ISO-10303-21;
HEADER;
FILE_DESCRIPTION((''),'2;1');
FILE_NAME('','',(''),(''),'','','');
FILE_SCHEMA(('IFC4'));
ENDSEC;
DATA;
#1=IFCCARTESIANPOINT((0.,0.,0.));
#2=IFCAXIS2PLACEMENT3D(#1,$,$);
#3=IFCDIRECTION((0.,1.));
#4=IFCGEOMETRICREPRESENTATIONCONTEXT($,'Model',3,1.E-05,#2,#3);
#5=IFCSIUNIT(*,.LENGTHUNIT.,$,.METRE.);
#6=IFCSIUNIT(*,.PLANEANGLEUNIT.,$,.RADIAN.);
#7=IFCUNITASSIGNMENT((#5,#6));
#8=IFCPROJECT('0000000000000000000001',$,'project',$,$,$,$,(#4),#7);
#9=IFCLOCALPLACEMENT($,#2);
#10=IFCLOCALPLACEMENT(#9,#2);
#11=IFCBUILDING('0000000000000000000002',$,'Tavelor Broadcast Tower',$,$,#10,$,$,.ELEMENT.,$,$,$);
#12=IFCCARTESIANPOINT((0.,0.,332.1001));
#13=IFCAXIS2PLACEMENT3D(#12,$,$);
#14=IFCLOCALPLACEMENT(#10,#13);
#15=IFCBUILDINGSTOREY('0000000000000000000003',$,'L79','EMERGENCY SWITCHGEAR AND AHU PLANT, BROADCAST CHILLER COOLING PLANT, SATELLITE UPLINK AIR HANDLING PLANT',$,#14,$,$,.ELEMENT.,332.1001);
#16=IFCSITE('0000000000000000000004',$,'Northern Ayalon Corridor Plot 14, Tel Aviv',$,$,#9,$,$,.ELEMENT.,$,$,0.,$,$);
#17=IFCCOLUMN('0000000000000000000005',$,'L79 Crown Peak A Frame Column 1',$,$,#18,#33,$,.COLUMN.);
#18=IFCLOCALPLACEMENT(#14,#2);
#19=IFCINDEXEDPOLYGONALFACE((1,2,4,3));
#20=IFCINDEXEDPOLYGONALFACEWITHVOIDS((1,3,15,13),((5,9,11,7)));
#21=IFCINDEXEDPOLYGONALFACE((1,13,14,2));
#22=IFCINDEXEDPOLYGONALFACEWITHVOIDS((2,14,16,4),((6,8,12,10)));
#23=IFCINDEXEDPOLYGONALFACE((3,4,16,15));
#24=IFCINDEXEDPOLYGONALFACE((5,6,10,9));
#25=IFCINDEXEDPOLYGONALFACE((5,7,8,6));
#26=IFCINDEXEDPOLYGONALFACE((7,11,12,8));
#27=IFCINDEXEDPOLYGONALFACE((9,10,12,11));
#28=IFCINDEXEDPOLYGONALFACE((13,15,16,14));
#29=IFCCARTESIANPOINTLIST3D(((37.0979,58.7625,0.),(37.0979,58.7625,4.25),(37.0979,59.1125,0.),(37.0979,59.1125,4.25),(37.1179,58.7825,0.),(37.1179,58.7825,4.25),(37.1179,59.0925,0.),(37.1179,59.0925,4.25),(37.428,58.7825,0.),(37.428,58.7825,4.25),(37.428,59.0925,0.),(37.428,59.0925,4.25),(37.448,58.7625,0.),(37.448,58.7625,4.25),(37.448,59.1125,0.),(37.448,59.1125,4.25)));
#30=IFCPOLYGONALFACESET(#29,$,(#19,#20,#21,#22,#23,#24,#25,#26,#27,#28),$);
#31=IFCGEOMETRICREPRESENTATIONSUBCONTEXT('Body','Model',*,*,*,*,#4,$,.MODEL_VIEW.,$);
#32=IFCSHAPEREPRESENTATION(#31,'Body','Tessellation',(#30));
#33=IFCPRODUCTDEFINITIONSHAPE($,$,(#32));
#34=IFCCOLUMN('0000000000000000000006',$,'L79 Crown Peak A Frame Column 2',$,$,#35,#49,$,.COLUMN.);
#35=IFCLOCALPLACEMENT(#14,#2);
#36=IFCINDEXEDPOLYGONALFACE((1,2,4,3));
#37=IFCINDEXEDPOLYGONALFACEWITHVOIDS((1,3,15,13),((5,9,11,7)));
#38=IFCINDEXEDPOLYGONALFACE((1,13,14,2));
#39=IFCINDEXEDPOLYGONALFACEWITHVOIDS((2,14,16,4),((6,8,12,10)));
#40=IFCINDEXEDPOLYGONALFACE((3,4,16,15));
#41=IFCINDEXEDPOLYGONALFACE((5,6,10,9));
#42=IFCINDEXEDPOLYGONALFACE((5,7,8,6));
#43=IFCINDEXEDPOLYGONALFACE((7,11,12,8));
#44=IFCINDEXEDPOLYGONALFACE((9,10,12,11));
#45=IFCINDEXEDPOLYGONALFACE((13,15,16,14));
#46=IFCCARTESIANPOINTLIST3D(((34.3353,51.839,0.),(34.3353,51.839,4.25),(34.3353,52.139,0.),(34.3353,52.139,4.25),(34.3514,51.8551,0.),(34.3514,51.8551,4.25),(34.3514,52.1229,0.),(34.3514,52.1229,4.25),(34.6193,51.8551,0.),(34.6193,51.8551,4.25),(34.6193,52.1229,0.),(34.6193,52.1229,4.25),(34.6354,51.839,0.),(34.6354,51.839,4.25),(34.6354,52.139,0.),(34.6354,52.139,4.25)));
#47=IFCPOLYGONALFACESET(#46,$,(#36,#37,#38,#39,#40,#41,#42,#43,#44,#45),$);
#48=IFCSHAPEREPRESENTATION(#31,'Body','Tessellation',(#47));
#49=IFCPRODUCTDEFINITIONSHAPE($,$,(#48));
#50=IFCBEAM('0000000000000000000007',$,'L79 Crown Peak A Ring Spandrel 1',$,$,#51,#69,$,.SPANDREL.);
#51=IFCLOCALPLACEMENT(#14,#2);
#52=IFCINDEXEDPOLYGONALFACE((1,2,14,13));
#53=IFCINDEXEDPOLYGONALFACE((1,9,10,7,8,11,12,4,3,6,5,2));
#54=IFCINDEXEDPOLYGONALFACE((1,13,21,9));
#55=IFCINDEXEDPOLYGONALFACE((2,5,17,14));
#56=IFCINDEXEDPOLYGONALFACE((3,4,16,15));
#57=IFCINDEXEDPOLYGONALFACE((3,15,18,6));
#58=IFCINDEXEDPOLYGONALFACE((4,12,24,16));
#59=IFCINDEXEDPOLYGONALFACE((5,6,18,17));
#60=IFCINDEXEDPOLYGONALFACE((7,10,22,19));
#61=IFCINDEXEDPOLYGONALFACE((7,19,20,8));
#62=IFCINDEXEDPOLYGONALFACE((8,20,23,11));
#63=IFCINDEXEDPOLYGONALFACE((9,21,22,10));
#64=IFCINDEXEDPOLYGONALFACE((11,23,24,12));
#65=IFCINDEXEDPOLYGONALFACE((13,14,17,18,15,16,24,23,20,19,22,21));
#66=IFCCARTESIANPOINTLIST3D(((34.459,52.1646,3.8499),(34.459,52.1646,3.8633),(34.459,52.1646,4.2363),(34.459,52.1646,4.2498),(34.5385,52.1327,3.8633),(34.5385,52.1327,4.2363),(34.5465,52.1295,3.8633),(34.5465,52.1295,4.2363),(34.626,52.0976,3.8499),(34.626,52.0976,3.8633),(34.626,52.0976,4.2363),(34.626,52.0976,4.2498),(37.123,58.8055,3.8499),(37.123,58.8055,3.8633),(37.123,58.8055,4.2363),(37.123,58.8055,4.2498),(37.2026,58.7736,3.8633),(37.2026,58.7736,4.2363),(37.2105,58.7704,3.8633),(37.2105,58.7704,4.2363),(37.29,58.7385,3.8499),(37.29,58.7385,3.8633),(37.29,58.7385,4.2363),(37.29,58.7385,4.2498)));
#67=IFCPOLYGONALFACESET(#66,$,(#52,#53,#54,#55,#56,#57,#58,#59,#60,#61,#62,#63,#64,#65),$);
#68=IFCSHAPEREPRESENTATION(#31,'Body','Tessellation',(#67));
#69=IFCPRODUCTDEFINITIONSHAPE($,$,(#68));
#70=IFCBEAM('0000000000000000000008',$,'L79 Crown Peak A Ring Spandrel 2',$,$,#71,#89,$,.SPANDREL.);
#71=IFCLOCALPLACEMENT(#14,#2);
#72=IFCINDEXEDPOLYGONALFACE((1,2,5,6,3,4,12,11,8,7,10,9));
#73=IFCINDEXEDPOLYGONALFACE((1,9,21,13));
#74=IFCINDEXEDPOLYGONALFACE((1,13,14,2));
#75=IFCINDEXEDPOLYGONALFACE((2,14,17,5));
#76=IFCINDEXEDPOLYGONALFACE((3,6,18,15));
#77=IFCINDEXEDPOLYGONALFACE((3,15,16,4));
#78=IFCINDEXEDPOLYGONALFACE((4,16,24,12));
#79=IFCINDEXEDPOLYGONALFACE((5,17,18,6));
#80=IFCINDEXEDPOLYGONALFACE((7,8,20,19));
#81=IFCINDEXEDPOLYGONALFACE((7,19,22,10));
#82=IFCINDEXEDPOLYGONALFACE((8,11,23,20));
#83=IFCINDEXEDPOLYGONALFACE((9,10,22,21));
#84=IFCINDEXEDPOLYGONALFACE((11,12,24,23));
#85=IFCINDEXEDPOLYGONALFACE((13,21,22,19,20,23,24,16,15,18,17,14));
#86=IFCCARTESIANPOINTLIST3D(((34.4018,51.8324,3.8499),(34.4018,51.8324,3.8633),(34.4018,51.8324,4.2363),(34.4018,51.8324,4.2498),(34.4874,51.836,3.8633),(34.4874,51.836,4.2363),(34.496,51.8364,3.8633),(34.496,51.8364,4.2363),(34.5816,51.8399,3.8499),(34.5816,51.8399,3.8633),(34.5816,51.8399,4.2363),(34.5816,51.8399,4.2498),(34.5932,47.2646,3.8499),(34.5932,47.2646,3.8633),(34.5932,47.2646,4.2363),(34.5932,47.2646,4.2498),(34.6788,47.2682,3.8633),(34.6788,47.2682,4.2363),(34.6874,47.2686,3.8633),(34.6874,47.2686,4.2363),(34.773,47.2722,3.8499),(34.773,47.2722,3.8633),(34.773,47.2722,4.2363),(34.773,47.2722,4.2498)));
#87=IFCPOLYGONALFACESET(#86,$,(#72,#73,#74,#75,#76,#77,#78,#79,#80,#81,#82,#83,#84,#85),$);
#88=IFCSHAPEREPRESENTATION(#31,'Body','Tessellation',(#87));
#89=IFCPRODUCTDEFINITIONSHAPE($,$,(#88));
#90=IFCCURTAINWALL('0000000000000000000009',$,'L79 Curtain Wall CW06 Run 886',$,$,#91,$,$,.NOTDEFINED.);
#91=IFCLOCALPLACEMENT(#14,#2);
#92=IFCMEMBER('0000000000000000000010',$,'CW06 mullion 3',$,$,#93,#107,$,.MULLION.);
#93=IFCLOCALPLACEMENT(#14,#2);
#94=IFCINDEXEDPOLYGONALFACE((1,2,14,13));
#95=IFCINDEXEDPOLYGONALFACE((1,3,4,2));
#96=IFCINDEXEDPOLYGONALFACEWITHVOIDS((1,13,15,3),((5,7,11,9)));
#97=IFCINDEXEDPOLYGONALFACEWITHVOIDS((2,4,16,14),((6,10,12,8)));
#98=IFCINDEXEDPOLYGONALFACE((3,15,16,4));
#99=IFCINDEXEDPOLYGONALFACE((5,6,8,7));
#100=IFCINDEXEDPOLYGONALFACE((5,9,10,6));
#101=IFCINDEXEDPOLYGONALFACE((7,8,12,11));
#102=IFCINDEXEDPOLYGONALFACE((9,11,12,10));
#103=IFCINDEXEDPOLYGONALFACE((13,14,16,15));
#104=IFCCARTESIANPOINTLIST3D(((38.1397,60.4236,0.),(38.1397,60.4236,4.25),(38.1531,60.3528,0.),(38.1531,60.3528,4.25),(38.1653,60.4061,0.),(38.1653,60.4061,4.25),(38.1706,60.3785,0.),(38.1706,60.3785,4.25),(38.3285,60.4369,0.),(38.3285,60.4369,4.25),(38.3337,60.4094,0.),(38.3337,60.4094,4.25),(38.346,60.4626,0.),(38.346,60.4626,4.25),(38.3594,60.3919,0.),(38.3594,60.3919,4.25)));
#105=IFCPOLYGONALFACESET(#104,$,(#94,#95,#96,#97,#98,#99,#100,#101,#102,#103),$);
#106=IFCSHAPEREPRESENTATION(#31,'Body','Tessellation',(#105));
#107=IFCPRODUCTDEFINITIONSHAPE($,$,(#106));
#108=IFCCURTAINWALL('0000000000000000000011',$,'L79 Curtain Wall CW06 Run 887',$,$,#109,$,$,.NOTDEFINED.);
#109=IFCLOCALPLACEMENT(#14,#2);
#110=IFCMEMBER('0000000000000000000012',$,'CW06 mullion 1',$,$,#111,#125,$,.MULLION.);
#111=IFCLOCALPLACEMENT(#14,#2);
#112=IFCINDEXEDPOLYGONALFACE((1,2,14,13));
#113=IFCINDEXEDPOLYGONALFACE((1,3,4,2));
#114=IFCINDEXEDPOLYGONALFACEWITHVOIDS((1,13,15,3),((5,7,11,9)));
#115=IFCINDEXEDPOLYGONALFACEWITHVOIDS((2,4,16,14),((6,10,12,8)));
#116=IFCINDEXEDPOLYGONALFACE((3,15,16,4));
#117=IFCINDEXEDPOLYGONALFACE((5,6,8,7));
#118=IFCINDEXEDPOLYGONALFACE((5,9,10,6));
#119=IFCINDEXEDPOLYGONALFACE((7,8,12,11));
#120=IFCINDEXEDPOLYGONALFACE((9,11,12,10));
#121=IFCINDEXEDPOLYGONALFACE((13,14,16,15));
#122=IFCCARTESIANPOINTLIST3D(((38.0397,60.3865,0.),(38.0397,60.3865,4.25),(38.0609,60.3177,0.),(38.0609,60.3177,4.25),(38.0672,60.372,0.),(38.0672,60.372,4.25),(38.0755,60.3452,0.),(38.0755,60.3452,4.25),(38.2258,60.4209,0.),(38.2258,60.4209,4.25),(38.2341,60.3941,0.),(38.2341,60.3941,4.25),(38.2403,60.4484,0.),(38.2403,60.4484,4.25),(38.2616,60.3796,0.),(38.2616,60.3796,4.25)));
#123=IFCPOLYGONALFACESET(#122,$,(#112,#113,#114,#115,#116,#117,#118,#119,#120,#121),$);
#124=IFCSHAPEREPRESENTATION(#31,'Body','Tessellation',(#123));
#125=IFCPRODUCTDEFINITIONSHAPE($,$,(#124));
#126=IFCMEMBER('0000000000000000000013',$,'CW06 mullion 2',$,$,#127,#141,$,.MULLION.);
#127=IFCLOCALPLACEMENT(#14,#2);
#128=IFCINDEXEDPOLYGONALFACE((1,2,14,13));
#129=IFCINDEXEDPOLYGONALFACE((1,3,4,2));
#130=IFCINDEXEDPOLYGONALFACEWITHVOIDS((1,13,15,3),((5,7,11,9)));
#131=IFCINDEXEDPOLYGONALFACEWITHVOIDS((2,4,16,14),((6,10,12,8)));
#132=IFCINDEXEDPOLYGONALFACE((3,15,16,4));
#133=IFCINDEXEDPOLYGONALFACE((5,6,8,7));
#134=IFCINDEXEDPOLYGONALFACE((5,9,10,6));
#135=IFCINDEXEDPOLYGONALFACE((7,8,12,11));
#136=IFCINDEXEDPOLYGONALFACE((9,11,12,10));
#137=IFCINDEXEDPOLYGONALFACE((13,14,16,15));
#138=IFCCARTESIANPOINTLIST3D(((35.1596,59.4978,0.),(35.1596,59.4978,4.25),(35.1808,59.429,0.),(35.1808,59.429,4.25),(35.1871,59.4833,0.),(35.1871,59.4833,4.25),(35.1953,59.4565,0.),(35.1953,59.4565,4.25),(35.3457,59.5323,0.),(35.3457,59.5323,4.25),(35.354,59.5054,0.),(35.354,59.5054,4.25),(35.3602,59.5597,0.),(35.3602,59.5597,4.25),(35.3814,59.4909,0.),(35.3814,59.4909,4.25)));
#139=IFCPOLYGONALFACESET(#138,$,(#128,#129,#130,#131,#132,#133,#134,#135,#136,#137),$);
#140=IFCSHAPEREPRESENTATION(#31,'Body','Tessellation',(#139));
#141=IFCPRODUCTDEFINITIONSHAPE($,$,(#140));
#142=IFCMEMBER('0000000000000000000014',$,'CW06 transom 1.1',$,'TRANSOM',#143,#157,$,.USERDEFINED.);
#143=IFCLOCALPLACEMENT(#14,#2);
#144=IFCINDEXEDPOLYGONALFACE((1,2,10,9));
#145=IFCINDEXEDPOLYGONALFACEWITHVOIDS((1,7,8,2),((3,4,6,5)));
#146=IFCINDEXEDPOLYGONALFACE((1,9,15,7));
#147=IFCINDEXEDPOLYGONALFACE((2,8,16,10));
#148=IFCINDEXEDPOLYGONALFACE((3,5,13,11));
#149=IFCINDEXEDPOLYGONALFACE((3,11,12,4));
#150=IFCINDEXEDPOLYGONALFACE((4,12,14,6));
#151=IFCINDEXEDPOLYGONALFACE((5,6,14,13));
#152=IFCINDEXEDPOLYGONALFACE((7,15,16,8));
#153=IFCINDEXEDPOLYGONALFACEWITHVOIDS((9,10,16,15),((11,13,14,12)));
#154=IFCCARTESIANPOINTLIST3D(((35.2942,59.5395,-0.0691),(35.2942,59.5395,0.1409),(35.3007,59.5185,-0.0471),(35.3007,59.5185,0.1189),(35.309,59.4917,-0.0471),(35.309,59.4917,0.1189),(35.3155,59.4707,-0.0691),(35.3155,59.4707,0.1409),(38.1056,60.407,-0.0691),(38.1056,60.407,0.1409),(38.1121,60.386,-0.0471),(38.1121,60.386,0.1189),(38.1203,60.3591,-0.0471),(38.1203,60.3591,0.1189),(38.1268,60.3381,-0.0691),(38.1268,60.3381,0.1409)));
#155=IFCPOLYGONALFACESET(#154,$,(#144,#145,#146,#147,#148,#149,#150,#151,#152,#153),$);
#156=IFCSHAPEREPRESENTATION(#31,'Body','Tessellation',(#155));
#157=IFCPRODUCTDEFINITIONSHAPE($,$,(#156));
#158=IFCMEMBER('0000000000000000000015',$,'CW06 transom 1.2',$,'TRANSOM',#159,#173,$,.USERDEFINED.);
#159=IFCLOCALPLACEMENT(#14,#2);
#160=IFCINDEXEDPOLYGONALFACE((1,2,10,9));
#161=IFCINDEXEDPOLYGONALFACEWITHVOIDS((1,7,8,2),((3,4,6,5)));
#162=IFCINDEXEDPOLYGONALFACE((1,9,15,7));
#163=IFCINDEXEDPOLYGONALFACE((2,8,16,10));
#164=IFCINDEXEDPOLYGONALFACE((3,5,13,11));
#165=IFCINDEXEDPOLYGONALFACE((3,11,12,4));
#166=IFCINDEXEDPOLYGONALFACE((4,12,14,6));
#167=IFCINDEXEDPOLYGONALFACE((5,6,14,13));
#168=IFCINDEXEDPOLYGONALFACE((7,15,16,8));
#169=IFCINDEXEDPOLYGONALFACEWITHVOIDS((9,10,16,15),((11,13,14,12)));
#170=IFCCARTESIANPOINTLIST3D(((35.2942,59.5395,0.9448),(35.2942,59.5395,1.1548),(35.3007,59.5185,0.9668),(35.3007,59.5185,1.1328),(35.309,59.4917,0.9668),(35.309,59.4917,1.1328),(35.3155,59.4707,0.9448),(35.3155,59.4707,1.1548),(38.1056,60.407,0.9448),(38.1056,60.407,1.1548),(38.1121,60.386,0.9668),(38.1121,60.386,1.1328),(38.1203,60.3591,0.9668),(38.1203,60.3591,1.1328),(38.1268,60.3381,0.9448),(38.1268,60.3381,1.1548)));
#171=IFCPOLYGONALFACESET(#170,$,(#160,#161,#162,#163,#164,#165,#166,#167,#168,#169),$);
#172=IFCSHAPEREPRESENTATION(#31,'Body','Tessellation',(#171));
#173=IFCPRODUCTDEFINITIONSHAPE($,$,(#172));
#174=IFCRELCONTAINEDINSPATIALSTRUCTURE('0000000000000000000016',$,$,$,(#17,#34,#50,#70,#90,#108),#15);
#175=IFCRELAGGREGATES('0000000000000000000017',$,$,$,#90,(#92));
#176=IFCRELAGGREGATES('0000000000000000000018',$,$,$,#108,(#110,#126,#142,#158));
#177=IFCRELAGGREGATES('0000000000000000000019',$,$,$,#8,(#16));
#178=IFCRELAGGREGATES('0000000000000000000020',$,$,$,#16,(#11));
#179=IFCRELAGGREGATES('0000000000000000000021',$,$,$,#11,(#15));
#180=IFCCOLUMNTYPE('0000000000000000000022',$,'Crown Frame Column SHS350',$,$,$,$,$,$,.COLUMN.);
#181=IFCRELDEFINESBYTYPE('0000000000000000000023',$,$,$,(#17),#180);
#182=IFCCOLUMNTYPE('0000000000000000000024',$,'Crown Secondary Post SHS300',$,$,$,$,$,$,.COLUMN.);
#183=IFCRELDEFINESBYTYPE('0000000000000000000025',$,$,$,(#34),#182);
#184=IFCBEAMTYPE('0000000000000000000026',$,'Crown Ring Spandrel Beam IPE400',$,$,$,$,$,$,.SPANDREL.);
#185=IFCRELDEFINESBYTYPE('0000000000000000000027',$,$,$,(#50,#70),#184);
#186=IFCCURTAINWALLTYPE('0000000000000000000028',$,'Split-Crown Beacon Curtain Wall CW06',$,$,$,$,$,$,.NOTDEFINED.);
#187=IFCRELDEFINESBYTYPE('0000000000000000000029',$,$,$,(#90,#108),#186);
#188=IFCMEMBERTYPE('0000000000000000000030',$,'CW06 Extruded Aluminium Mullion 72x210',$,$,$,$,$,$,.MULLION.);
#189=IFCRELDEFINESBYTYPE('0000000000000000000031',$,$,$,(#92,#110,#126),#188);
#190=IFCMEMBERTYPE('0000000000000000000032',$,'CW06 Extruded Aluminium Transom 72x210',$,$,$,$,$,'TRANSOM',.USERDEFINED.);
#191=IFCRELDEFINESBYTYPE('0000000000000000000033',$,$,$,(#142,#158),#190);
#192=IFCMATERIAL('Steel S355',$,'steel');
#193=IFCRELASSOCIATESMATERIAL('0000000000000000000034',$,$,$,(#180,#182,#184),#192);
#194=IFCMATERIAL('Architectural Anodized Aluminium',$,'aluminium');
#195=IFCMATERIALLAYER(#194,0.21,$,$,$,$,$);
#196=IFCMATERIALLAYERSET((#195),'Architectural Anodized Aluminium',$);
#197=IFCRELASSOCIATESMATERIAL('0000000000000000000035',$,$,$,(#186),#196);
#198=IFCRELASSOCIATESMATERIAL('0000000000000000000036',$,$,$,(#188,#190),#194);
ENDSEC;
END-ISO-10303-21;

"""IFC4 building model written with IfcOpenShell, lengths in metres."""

from ifc_helpers import new_model, si_unit, direction, frame, origin, origin_2d, place, context, subcontext, project, spatial, hollow_rectangle, i_section, extrude, source, transform, mapped, material, layer, layer_set, material_profile, profile_set, type_object, type_shapes, element, aggregate, save


model = new_model("IFC4")

# Units and contexts
model_context = context("Model", 3, precision=1e-05, world=origin(), true_north=direction((0.0, 1.0)))
body_context = subcontext(model_context, "Body", "Model", "MODEL_VIEW")
ifc_project = project(units=[si_unit("LENGTHUNIT", "METRE"), si_unit("PLANEANGLEUNIT", "RADIAN")], contexts=[model_context])

# Site, building, storey
site_placement = place(None, origin())
site = spatial("IfcSite", under=ifc_project, at=site_placement, Name="Northern Ayalon Corridor Plot 14, Tel Aviv", CompositionType="ELEMENT", RefElevation=0.0)
building_placement = place(site_placement, origin())
building = spatial("IfcBuilding", under=site, at=building_placement, Name="Tavelor Broadcast Tower", CompositionType="ELEMENT")
storey_placement = place(building_placement, frame((0.0, 0.0, 332.1001)))
storey = spatial("IfcBuildingStorey", under=building, at=storey_placement, Name="L79", Description="EMERGENCY SWITCHGEAR AND AHU PLANT, BROADCAST CHILLER COOLING PLANT, SATELLITE UPLINK AIR HANDLING PLANT", CompositionType="ELEMENT", Elevation=332.1001)

# Columns
ifc_material_1 = material(Name="Steel S355", Category="steel")
ifc_material_profile_1 = material_profile(ifc_material_1, hollow_rectangle(XDim=0.3501, YDim=0.3501, WallThickness=0.02, at=origin_2d()), Name="SHS 350x350x20")
ifc_profile_set_1 = profile_set([ifc_material_profile_1], Name="Steel S355")
column_type_1 = type_object("IfcColumnType", Name="Crown Frame Column SHS350", PredefinedType="COLUMN", material=ifc_profile_set_1)
column_1_placement = place(storey_placement, frame((37.2729, 58.9375, 0.0), z_axis=(0.0, 0.0, 1.0), x_axis=(1.0, 0.0, 0.0)))
element("IfcColumn", 1, at=column_1_placement, inside=storey, type_object=column_type_1, Name="L79 Crown Peak A Frame Column 1", PredefinedType="COLUMN", context=body_context, shape_type="SweptSolid", body=[
    extrude(hollow_rectangle(XDim=0.3501, YDim=0.3501, WallThickness=0.02, at=origin_2d()), origin(), (0.0, 0.0, 1.0), 4.25),
])
ifc_material_profile_2 = material_profile(ifc_material_1, hollow_rectangle(XDim=0.3, YDim=0.3, WallThickness=0.0161, at=origin_2d()), Name="SHS 300x300x16")
ifc_profile_set_2 = profile_set([ifc_material_profile_2], Name="Steel S355")
column_type_2 = type_object("IfcColumnType", Name="Crown Secondary Post SHS300", PredefinedType="COLUMN", material=ifc_profile_set_2)
column_2_placement = place(storey_placement, frame((34.4854, 51.989, 0.0), z_axis=(0.0, 0.0, 1.0), x_axis=(1.0, 0.0, 0.0)))
element("IfcColumn", 2, at=column_2_placement, inside=storey, type_object=column_type_2, Name="L79 Crown Peak A Frame Column 2", PredefinedType="COLUMN", context=body_context, shape_type="SweptSolid", body=[
    extrude(hollow_rectangle(XDim=0.3, YDim=0.3, WallThickness=0.0161, at=origin_2d()), origin(), (0.0, 0.0, 1.0), 4.25),
])

# Beams
ifc_material_profile_3 = material_profile(ifc_material_1, i_section(OverallWidth=0.1799, OverallDepth=0.3999, WebThickness=0.0085, FlangeThickness=0.0134, at=origin_2d()), Name="IPE 400")
ifc_profile_set_3 = profile_set([ifc_material_profile_3], Name="Steel S355")
beam_type = type_object("IfcBeamType", Name="Crown Ring Spandrel Beam IPE400", PredefinedType="SPANDREL", material=ifc_profile_set_3)
beam_1_placement = place(storey_placement, frame((37.2065, 58.772, 4.0498), z_axis=(-0.37232, -0.928104, 0.0), x_axis=(0.928104, -0.37232, 0.0)))
element("IfcBeam", 3, at=beam_1_placement, inside=storey, type_object=beam_type, Name="L79 Crown Peak A Ring Spandrel 1", PredefinedType="SPANDREL", context=body_context, shape_type="SweptSolid", body=[
    extrude(i_section(OverallWidth=0.1799, OverallDepth=0.3999, WebThickness=0.0085, FlangeThickness=0.0134, at=origin_2d()), origin(), (0.0, 0.0, 1.0), 7.1553),
])
beam_2_placement = place(storey_placement, frame((34.4917, 51.8362, 4.0498), z_axis=(0.041866, -0.999123, 0.0), x_axis=(0.999123, 0.041866, 0.0)))
element("IfcBeam", 4, at=beam_2_placement, inside=storey, type_object=beam_type, Name="L79 Crown Peak A Ring Spandrel 2", PredefinedType="SPANDREL", context=body_context, shape_type="SweptSolid", body=[
    extrude(i_section(OverallWidth=0.1799, OverallDepth=0.3999, WebThickness=0.0085, FlangeThickness=0.0134, at=origin_2d()), origin(), (0.0, 0.0, 1.0), 4.5718),
])

# Curtain wall, member
ifc_material_2 = material(Name="Architectural Anodized Aluminium", Category="aluminium")
ifc_layer_1 = layer(ifc_material_2, 0.21)
ifc_layer_set_1 = layer_set([ifc_layer_1], Name="Architectural Anodized Aluminium")
curtain_wall_type = type_object("IfcCurtainWallType", Name="Split-Crown Beacon Curtain Wall CW06", PredefinedType="NOTDEFINED", material=ifc_layer_set_1)
curtain_wall_1_placement = place(storey_placement, origin())
curtain_wall_1 = element("IfcCurtainWall", 5, at=curtain_wall_1_placement, inside=storey, type_object=curtain_wall_type, Name="L79 Curtain Wall CW06 Run 886", PredefinedType="NOTDEFINED")
ifc_material_profile_4 = material_profile(ifc_material_2, hollow_rectangle(XDim=0.072, YDim=0.21, WallThickness=0.022, at=origin_2d()), Name="RHS 72x210x22")
ifc_profile_set_4 = profile_set([ifc_material_profile_4], Name="Architectural Anodized Aluminium")
member_type_1 = type_object("IfcMemberType", Name="CW06 Extruded Aluminium Mullion 72x210", PredefinedType="MULLION", material=ifc_profile_set_4)
shared_shape_1 = source(origin(), body_context, "Body", "SweptSolid", [
    extrude(hollow_rectangle(XDim=0.072, YDim=0.21, WallThickness=0.022, at=origin_2d()), origin(), (0.0, 0.0, 1.0), 4.25),
])
type_shapes(member_type_1, [shared_shape_1])
member_1_placement = place(storey_placement, frame((38.2495, 60.4077, 0.0), z_axis=(0.0, 0.0, 1.0), x_axis=(0.185942, -0.982561, 0.0)))
member_1 = element("IfcMember", 6, at=member_1_placement, type_object=member_type_1, Name="CW06 mullion 3", PredefinedType="MULLION", context=body_context, shape_type="MappedRepresentation", body=[
    mapped(shared_shape_1, transform((0.0, 0.0, 0.0), scale=1.0)),
])

# Curtain wall, members
curtain_wall_2_placement = place(storey_placement, origin())
curtain_wall_2 = element("IfcCurtainWall", 7, at=curtain_wall_2_placement, inside=storey, type_object=curtain_wall_type, Name="L79 Curtain Wall CW06 Run 887", PredefinedType="NOTDEFINED")
member_2_placement = place(storey_placement, frame((38.1506, 60.3831, 0.0), z_axis=(0.0, 0.0, 1.0), x_axis=(0.294839, -0.955547, 0.0)))
member_2 = element("IfcMember", 8, at=member_2_placement, type_object=member_type_1, Name="CW06 mullion 1", PredefinedType="MULLION", context=body_context, shape_type="MappedRepresentation", body=[
    mapped(shared_shape_1, transform((0.0, 0.0, 0.0), scale=1.0)),
])
member_3_placement = place(storey_placement, frame((35.2705, 59.4944, 0.0), z_axis=(0.0, 0.0, 1.0), x_axis=(0.294839, -0.955547, 0.0)))
member_3 = element("IfcMember", 9, at=member_3_placement, type_object=member_type_1, Name="CW06 mullion 2", PredefinedType="MULLION", context=body_context, shape_type="MappedRepresentation", body=[
    mapped(shared_shape_1, transform((0.0, 0.0, 0.0), scale=1.0)),
])
ifc_material_profile_5 = material_profile(ifc_material_2, hollow_rectangle(XDim=0.072, YDim=0.21, WallThickness=0.022, at=origin_2d()), Name="RHS 72x210x22")
ifc_profile_set_5 = profile_set([ifc_material_profile_5], Name="Architectural Anodized Aluminium")
member_type_2 = type_object("IfcMemberType", Name="CW06 Extruded Aluminium Transom 72x210", ElementType="TRANSOM", PredefinedType="USERDEFINED", material=ifc_profile_set_5)
shared_shape_2 = source(origin(), body_context, "Body", "SweptSolid", [
    extrude(hollow_rectangle(XDim=0.072, YDim=0.21, WallThickness=0.022, at=origin_2d()), origin(), (0.0, 0.0, 1.0), 2.9421),
])
type_shapes(member_type_2, [shared_shape_2])
member_4_placement = place(storey_placement, frame((38.1162, 60.3726, 0.0359), z_axis=(-0.955547, -0.294838, 0.0), x_axis=(0.294838, -0.955547, 0.0)))
member_4 = element("IfcMember", 10, at=member_4_placement, type_object=member_type_2, Name="CW06 transom 1.1", ObjectType="TRANSOM", PredefinedType="USERDEFINED", context=body_context, shape_type="MappedRepresentation", body=[
    mapped(shared_shape_2, transform((0.0, 0.0, 0.0), scale=1.0)),
])
member_5_placement = place(storey_placement, frame((38.1162, 60.3726, 1.0498), z_axis=(-0.955547, -0.294838, 0.0), x_axis=(0.294838, -0.955547, 0.0)))
member_5 = element("IfcMember", 11, at=member_5_placement, type_object=member_type_2, Name="CW06 transom 1.2", ObjectType="TRANSOM", PredefinedType="USERDEFINED", context=body_context, shape_type="MappedRepresentation", body=[
    mapped(shared_shape_2, transform((0.0, 0.0, 0.0), scale=1.0)),
])

aggregate(curtain_wall_1, [member_1])
aggregate(curtain_wall_2, [member_2, member_3, member_4, member_5])

save(model, "model.ifc")
